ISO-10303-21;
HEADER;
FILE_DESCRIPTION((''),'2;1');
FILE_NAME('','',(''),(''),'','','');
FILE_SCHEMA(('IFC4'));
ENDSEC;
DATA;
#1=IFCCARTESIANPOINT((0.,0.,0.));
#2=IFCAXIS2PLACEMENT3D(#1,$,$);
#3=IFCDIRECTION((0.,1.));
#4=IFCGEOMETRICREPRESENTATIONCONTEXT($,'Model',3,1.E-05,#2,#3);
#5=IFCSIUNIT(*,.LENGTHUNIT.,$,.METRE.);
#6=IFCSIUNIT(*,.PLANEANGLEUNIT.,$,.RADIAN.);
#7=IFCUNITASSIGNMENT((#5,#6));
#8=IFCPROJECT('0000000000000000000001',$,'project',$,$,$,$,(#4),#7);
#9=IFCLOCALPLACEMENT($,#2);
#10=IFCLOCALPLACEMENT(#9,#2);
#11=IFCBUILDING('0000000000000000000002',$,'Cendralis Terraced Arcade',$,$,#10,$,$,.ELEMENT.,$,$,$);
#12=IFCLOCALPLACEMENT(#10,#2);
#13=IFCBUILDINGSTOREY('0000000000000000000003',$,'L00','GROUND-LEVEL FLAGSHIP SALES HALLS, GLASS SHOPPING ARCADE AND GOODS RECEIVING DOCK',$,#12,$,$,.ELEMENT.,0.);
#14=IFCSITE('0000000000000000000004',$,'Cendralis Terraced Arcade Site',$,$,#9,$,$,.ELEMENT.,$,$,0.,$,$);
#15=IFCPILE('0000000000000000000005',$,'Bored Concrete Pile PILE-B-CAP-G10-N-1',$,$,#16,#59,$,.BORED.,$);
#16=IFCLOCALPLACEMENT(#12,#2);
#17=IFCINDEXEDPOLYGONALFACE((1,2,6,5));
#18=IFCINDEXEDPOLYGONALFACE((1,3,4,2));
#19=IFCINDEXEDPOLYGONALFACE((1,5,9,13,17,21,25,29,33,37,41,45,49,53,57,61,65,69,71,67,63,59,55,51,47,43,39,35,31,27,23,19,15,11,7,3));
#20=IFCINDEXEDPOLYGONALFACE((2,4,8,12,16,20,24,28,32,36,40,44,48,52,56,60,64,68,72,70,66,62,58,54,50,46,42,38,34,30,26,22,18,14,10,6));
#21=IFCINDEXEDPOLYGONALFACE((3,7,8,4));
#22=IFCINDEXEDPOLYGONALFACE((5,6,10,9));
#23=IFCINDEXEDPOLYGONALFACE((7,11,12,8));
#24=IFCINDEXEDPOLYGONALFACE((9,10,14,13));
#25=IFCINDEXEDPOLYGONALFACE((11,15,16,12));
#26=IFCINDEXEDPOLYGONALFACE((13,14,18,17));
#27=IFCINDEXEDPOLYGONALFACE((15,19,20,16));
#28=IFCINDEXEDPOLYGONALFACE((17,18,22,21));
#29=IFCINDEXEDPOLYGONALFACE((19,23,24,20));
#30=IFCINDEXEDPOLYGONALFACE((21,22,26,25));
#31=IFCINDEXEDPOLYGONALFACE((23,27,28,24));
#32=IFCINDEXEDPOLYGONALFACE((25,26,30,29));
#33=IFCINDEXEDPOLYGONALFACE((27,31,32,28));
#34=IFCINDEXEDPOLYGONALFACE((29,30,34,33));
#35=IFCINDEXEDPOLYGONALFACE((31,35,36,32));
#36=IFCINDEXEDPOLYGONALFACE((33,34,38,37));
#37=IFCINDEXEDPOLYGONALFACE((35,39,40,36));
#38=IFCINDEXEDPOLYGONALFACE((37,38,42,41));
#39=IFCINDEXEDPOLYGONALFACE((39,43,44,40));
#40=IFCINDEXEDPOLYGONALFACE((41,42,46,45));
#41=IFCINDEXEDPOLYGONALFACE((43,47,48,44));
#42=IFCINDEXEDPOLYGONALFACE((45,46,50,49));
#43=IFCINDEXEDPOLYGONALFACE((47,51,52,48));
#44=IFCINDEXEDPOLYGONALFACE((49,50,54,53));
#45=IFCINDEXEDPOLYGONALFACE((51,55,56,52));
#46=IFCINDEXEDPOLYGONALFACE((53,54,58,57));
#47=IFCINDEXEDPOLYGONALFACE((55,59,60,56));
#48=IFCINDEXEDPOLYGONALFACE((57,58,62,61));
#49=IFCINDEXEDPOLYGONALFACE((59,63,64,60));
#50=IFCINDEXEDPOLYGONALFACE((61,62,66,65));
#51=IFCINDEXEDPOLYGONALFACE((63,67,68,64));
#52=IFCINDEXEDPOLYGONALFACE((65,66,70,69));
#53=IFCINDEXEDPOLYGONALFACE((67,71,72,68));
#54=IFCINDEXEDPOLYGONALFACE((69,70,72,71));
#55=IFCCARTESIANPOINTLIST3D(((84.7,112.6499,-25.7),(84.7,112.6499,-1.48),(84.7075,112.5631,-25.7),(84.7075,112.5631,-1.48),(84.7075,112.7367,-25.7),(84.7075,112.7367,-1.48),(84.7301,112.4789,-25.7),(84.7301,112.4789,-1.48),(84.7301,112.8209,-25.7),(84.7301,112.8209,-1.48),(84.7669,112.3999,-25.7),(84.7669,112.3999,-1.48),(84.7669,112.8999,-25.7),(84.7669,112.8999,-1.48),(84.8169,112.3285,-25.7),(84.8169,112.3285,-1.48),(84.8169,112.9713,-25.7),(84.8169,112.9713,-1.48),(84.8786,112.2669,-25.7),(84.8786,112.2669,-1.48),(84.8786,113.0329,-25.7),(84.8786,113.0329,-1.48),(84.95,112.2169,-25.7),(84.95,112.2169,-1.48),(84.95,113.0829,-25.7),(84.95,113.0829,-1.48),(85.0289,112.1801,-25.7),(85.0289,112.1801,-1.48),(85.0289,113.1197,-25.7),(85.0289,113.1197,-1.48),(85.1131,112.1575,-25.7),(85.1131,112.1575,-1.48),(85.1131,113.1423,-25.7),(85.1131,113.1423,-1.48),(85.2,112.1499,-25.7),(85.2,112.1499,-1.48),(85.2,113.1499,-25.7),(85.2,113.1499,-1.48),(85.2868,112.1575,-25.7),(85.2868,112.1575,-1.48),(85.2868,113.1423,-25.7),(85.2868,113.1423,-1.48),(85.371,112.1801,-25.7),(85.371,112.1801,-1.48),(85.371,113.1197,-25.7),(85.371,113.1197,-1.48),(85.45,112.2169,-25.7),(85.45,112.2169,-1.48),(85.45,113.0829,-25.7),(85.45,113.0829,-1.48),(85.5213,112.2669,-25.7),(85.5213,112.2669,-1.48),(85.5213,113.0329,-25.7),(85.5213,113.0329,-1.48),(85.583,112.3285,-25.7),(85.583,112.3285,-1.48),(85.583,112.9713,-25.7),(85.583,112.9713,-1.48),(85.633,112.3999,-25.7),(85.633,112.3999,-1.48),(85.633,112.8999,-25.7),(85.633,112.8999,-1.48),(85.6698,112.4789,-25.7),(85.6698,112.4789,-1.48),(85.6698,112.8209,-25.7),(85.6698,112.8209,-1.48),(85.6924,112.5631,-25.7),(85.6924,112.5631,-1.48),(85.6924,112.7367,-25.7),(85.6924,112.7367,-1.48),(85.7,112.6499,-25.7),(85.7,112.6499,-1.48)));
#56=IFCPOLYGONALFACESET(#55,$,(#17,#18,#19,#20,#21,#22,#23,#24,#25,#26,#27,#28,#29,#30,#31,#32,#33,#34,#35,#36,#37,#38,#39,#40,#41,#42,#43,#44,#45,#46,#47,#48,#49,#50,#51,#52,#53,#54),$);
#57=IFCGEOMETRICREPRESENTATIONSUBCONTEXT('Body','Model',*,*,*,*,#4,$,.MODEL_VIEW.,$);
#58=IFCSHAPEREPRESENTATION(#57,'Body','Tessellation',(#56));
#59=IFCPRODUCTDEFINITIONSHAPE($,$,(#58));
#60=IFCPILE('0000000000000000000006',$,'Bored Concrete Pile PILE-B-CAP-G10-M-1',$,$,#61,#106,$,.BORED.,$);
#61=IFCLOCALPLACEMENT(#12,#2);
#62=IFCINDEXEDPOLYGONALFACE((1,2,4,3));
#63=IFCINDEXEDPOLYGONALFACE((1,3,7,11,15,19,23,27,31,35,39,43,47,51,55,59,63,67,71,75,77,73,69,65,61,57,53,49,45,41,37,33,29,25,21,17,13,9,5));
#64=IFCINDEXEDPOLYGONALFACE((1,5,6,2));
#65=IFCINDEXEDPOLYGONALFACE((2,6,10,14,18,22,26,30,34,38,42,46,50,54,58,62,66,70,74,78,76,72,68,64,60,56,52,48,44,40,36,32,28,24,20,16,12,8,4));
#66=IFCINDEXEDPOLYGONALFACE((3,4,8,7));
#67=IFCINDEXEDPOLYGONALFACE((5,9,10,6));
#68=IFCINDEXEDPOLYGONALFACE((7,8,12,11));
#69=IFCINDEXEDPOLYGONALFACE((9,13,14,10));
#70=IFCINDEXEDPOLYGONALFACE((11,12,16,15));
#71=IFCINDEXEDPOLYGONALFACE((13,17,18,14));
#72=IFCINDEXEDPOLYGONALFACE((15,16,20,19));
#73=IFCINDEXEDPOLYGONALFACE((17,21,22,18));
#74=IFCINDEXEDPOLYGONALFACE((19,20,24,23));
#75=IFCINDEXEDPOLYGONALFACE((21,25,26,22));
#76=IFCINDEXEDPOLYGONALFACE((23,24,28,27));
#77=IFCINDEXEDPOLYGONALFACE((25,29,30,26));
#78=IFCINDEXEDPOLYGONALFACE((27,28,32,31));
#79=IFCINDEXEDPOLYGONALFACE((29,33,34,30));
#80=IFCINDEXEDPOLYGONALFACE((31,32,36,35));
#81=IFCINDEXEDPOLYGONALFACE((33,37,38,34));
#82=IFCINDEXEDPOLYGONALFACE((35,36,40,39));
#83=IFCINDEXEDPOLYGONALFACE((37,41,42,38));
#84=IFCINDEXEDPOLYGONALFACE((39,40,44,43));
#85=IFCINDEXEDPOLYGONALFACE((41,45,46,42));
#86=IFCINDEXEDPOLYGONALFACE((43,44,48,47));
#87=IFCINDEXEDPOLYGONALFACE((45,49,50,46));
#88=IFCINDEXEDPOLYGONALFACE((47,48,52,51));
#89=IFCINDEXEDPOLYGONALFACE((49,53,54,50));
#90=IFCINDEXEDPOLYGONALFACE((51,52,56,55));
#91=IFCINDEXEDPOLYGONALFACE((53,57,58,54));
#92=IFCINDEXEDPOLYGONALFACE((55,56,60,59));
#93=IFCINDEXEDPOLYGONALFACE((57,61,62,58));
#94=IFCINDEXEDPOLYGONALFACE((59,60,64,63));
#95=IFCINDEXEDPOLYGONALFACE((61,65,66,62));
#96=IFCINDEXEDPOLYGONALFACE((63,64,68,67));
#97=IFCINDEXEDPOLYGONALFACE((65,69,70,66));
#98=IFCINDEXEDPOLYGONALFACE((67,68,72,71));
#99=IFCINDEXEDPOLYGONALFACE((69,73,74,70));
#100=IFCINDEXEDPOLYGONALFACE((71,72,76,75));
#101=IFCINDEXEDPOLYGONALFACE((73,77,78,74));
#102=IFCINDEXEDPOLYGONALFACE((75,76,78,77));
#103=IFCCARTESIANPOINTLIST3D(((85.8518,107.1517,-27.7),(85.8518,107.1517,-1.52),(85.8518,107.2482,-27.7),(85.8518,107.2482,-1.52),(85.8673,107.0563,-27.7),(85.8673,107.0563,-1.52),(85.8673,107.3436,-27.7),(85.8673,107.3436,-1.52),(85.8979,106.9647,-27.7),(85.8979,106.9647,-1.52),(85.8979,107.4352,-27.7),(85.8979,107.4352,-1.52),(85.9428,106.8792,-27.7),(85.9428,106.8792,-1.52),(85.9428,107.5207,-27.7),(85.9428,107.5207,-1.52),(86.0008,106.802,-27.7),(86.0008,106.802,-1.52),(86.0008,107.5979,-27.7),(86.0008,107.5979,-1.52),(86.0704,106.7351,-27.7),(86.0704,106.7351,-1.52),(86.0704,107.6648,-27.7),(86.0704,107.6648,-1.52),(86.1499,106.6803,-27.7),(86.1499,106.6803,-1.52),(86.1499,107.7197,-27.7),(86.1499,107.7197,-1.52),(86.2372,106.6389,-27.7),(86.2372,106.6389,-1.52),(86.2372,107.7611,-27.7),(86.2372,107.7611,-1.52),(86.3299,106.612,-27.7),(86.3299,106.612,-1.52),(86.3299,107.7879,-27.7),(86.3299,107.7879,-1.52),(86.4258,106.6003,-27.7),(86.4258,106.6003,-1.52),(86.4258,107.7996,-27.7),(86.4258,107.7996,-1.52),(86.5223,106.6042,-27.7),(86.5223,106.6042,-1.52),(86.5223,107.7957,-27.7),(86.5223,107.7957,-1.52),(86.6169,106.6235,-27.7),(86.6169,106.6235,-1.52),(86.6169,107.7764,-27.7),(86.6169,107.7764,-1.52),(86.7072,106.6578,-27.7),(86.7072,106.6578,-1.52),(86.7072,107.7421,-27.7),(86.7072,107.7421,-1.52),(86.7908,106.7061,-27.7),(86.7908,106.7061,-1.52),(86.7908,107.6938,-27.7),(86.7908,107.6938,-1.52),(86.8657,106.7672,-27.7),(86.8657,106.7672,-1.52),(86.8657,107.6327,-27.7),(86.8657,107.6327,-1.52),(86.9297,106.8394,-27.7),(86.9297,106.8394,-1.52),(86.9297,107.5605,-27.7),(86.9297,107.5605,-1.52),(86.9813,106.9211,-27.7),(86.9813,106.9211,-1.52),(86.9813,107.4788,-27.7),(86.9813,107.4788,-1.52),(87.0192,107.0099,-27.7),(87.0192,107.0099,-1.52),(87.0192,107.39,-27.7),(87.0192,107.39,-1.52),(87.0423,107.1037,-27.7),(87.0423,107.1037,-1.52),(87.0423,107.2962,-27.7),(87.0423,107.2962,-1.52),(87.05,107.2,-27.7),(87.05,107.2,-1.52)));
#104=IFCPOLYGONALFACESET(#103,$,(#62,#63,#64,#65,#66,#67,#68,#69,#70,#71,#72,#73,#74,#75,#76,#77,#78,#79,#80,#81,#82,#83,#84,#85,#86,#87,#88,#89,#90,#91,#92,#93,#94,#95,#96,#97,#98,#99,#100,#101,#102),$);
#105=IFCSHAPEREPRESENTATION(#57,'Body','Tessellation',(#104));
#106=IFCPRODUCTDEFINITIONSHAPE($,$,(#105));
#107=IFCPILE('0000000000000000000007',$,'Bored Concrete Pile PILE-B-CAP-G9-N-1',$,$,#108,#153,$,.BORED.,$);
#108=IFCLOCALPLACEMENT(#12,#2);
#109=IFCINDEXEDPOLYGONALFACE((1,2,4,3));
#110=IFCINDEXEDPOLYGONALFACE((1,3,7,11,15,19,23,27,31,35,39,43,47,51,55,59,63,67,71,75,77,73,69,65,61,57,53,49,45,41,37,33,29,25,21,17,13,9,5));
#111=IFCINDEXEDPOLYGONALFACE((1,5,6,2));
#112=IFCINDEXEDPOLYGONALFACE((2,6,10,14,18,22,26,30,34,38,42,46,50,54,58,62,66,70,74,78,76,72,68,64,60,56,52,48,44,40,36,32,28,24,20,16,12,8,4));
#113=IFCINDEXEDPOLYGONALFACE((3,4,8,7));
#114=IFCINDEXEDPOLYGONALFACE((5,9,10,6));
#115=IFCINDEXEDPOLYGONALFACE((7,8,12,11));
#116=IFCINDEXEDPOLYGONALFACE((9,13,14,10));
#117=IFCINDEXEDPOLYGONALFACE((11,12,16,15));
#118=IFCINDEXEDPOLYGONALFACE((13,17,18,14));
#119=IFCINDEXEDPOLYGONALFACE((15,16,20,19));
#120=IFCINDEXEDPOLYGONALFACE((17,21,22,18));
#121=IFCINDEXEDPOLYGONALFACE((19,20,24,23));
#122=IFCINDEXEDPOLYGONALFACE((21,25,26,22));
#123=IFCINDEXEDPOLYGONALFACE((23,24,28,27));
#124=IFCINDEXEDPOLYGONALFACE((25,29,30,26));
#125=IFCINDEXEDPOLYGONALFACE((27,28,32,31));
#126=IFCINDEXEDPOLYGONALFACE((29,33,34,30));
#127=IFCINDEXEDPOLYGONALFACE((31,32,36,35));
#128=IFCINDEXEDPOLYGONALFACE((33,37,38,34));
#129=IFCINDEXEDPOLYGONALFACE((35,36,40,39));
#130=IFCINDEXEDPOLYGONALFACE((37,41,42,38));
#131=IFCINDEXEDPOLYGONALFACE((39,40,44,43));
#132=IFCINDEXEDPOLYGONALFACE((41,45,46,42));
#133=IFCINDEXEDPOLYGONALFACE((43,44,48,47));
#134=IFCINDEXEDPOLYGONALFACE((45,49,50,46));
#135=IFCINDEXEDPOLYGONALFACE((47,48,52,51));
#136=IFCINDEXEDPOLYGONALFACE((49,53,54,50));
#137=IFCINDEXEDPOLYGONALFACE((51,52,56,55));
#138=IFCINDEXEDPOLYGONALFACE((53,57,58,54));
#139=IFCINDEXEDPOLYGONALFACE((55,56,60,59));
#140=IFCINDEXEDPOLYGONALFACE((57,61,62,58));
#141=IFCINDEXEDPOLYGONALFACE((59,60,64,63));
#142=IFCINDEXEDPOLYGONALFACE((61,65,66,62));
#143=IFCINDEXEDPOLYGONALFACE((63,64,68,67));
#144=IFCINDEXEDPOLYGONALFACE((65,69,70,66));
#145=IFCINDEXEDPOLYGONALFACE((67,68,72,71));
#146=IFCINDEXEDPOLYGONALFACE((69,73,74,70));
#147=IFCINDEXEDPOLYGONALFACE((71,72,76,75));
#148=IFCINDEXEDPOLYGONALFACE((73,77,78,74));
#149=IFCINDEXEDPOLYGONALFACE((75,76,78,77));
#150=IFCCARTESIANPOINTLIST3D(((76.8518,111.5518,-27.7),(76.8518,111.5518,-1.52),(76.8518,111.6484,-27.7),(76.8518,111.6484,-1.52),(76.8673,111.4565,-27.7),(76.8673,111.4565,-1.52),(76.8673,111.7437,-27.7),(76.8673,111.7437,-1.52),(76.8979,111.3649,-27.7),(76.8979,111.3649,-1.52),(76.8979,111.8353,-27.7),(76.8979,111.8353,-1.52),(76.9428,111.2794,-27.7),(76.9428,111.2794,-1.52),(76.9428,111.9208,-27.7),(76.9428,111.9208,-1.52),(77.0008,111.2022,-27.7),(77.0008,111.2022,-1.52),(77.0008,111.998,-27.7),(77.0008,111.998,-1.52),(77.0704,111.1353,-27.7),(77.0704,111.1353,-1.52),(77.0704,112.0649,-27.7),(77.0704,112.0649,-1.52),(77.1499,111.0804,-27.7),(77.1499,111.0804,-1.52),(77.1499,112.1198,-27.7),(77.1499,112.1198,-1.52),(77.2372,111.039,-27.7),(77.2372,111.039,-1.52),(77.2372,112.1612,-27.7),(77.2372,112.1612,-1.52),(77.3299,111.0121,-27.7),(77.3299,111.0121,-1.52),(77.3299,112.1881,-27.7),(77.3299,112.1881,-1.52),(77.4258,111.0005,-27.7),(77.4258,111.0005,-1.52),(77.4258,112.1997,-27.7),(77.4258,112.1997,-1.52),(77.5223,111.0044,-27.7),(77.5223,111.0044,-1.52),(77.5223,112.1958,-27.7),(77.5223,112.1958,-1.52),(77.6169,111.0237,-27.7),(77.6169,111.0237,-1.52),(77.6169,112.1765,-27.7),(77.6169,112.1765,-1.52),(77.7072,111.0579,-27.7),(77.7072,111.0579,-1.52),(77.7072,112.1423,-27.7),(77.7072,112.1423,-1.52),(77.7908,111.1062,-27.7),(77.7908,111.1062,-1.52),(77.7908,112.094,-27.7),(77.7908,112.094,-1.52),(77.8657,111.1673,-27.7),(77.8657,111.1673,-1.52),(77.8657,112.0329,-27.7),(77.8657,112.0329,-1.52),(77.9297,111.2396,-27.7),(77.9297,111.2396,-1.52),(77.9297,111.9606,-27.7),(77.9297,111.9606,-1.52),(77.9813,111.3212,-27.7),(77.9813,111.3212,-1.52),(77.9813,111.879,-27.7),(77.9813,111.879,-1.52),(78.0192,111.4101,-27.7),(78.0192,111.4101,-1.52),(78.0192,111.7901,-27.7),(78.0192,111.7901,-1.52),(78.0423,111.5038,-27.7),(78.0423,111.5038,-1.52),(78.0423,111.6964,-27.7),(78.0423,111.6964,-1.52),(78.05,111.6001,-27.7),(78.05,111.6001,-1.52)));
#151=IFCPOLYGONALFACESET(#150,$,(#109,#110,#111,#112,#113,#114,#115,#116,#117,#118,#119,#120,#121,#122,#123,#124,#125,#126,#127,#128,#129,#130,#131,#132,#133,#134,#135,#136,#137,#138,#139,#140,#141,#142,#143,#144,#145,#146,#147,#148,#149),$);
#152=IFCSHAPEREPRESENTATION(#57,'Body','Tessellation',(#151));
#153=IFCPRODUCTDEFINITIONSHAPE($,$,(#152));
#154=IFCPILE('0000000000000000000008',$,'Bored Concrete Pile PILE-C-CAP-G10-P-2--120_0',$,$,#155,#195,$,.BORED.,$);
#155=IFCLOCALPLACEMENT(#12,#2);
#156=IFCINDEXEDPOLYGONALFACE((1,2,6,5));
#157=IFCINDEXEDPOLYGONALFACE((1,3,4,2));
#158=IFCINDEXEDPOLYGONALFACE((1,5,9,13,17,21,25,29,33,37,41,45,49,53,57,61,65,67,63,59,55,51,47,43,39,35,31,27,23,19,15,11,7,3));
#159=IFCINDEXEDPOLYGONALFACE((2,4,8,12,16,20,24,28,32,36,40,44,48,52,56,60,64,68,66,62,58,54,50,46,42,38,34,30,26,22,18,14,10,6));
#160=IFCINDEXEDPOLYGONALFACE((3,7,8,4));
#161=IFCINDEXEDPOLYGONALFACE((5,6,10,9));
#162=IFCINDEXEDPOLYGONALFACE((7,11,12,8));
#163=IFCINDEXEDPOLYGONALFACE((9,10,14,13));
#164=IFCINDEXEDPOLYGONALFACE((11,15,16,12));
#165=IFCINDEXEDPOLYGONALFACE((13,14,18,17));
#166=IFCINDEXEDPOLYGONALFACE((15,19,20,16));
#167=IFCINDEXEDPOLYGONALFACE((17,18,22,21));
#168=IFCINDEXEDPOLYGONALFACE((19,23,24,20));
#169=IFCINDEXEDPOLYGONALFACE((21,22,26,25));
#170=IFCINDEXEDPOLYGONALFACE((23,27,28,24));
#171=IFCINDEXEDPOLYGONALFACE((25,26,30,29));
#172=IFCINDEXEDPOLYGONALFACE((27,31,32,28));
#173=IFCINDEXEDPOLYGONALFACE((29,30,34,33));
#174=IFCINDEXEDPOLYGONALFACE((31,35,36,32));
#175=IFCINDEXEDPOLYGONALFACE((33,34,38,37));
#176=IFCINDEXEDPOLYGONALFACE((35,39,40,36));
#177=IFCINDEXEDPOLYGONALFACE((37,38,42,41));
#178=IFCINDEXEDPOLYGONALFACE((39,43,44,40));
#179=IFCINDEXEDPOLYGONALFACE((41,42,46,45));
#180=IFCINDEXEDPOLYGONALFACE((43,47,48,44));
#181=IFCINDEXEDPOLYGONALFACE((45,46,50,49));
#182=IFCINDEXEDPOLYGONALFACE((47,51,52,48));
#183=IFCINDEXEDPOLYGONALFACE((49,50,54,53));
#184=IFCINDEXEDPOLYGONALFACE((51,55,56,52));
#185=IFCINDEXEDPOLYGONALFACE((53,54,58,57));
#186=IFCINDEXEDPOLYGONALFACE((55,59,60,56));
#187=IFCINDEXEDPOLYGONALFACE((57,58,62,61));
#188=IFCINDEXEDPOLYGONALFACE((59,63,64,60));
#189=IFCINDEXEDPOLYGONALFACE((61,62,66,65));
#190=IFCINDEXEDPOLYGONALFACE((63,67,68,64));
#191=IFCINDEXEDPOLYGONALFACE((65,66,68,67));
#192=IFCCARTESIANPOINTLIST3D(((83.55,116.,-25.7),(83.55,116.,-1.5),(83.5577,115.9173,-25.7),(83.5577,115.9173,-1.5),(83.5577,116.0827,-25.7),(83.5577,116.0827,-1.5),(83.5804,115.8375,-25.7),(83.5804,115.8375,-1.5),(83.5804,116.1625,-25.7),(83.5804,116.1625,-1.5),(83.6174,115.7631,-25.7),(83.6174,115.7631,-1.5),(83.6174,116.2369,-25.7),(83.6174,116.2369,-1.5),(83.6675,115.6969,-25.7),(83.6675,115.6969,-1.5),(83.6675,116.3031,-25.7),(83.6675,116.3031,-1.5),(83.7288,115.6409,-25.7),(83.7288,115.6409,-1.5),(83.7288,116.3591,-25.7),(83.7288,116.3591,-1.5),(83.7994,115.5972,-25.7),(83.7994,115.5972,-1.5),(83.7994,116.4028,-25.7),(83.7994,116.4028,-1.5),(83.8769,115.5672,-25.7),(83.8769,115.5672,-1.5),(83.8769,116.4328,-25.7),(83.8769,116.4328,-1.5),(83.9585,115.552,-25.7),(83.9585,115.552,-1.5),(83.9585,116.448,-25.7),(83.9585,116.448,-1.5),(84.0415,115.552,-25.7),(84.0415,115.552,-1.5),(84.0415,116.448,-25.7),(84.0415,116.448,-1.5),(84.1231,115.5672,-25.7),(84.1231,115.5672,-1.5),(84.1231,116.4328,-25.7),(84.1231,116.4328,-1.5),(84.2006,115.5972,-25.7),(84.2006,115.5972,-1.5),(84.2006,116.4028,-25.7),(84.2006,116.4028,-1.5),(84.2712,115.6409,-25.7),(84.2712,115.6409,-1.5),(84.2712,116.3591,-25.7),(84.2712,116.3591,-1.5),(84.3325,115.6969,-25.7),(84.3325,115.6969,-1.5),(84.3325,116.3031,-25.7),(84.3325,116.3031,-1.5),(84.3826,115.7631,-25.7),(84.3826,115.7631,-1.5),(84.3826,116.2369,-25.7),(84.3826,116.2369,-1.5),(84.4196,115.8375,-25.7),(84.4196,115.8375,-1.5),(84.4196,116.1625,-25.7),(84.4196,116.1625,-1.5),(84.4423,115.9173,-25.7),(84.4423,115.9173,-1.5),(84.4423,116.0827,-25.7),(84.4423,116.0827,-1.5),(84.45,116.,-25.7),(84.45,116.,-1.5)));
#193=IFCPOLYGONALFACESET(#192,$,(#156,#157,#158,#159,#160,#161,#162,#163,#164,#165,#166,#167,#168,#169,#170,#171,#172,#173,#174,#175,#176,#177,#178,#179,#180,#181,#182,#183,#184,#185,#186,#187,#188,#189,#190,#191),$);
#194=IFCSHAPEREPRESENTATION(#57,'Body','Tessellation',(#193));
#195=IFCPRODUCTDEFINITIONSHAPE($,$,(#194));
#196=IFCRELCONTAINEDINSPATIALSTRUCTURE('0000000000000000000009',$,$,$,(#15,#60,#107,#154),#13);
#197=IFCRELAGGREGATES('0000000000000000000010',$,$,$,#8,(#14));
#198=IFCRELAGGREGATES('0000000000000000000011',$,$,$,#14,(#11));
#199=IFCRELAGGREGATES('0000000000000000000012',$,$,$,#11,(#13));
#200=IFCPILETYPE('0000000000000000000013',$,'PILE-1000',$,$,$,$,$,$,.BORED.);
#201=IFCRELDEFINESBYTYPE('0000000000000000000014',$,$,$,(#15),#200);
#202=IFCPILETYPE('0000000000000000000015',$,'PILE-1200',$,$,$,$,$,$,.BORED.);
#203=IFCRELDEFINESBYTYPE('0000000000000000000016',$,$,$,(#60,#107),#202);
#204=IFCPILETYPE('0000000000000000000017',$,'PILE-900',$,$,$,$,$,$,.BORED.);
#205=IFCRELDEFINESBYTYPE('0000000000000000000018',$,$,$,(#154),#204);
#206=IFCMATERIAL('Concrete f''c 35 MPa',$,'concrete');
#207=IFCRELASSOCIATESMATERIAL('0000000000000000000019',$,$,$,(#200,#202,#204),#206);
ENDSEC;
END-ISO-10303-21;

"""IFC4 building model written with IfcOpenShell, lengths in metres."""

from ifc_helpers import new_model, si_unit, direction, frame, origin, origin_2d, place, context, subcontext, project, spatial, circle, extrude, material, material_profile, profile_set, type_object, element, save


model = new_model("IFC4")

# Units and contexts
model_context = context("Model", 3, precision=1e-05, world=origin(), true_north=direction((0.0, 1.0)))
body_context = subcontext(model_context, "Body", "Model", "MODEL_VIEW")
ifc_project = project(units=[si_unit("LENGTHUNIT", "METRE"), si_unit("PLANEANGLEUNIT", "RADIAN")], contexts=[model_context])

# Site, building, storey
site_placement = place(None, origin())
site = spatial("IfcSite", under=ifc_project, at=site_placement, Name="Cendralis Terraced Arcade Site", CompositionType="ELEMENT", RefElevation=0.0)
building_placement = place(site_placement, origin())
building = spatial("IfcBuilding", under=site, at=building_placement, Name="Cendralis Terraced Arcade", CompositionType="ELEMENT")
storey_placement = place(building_placement, origin())
storey = spatial("IfcBuildingStorey", under=building, at=storey_placement, Name="L00", Description="GROUND-LEVEL FLAGSHIP SALES HALLS, GLASS SHOPPING ARCADE AND GOODS RECEIVING DOCK", CompositionType="ELEMENT", Elevation=0.0)

# Shared definitions
ifc_material_1 = material(Name="Concrete f'c 35 MPa", Category="concrete")

# Piles
ifc_material_profile_1 = material_profile(ifc_material_1, circle(Radius=0.5, at=origin_2d()), Name="PILE-D1000", Category="LoadBearing")
ifc_profile_set_1 = profile_set([ifc_material_profile_1], Name="Concrete f'c 35 MPa")
pile_type_1 = type_object("IfcPileType", Name="PILE-1000", PredefinedType="BORED", material=ifc_profile_set_1)
for number, where, z_axis, x_axis, name in (
    (1, (85.2, 112.6499, -1.48), (0.0, 0.0, -1.0), (1.0, 0.0, 0.0), "Bored Concrete Pile PILE-B-CAP-G10-N-1"),
):
    element("IfcPile", number, at=place(storey_placement, frame(where, z_axis=z_axis, x_axis=x_axis)), inside=storey, type_object=pile_type_1, Name=name, PredefinedType="BORED", context=body_context, shape_type="SweptSolid", body=[
        extrude(circle(Radius=0.5, at=origin_2d()), origin(), (0.0, 0.0, 1.0), 24.22),
    ])
ifc_material_profile_2 = material_profile(ifc_material_1, circle(Radius=0.6001, at=origin_2d()), Name="PILE-D1200", Category="LoadBearing")
ifc_profile_set_2 = profile_set([ifc_material_profile_2], Name="Concrete f'c 35 MPa")
pile_type_2 = type_object("IfcPileType", Name="PILE-1200", PredefinedType="BORED", material=ifc_profile_set_2)
for number, where, z_axis, x_axis, name in (
    (2, (86.45, 107.2, -1.52), (0.0, 0.0, -1.0), (1.0, 0.0, 0.0), "Bored Concrete Pile PILE-B-CAP-G10-M-1"),
    (3, (77.45, 111.6001, -1.52), (0.0, 0.0, -1.0), (1.0, 0.0, 0.0), "Bored Concrete Pile PILE-B-CAP-G9-N-1"),
):
    element("IfcPile", number, at=place(storey_placement, frame(where, z_axis=z_axis, x_axis=x_axis)), inside=storey, type_object=pile_type_2, Name=name, PredefinedType="BORED", context=body_context, shape_type="SweptSolid", body=[
        extrude(circle(Radius=0.6001, at=origin_2d()), origin(), (0.0, 0.0, 1.0), 26.1799),
    ])
ifc_material_profile_3 = material_profile(ifc_material_1, circle(Radius=0.45, at=origin_2d()), Name="PILE-D900", Category="LoadBearing")
ifc_profile_set_3 = profile_set([ifc_material_profile_3], Name="Concrete f'c 35 MPa")
pile_type_3 = type_object("IfcPileType", Name="PILE-900", PredefinedType="BORED", material=ifc_profile_set_3)
for number, where, z_axis, x_axis, name in (
    (4, (84.0, 116.0, -1.5), (0.0, 0.0, -1.0), (1.0, 0.0, 0.0), "Bored Concrete Pile PILE-C-CAP-G10-P-2--120_0"),
):
    element("IfcPile", number, at=place(storey_placement, frame(where, z_axis=z_axis, x_axis=x_axis)), inside=storey, type_object=pile_type_3, Name=name, PredefinedType="BORED", context=body_context, shape_type="SweptSolid", body=[
        extrude(circle(Radius=0.45, at=origin_2d()), origin(), (0.0, 0.0, 1.0), 24.2),
    ])

save(model, "model.ifc")
